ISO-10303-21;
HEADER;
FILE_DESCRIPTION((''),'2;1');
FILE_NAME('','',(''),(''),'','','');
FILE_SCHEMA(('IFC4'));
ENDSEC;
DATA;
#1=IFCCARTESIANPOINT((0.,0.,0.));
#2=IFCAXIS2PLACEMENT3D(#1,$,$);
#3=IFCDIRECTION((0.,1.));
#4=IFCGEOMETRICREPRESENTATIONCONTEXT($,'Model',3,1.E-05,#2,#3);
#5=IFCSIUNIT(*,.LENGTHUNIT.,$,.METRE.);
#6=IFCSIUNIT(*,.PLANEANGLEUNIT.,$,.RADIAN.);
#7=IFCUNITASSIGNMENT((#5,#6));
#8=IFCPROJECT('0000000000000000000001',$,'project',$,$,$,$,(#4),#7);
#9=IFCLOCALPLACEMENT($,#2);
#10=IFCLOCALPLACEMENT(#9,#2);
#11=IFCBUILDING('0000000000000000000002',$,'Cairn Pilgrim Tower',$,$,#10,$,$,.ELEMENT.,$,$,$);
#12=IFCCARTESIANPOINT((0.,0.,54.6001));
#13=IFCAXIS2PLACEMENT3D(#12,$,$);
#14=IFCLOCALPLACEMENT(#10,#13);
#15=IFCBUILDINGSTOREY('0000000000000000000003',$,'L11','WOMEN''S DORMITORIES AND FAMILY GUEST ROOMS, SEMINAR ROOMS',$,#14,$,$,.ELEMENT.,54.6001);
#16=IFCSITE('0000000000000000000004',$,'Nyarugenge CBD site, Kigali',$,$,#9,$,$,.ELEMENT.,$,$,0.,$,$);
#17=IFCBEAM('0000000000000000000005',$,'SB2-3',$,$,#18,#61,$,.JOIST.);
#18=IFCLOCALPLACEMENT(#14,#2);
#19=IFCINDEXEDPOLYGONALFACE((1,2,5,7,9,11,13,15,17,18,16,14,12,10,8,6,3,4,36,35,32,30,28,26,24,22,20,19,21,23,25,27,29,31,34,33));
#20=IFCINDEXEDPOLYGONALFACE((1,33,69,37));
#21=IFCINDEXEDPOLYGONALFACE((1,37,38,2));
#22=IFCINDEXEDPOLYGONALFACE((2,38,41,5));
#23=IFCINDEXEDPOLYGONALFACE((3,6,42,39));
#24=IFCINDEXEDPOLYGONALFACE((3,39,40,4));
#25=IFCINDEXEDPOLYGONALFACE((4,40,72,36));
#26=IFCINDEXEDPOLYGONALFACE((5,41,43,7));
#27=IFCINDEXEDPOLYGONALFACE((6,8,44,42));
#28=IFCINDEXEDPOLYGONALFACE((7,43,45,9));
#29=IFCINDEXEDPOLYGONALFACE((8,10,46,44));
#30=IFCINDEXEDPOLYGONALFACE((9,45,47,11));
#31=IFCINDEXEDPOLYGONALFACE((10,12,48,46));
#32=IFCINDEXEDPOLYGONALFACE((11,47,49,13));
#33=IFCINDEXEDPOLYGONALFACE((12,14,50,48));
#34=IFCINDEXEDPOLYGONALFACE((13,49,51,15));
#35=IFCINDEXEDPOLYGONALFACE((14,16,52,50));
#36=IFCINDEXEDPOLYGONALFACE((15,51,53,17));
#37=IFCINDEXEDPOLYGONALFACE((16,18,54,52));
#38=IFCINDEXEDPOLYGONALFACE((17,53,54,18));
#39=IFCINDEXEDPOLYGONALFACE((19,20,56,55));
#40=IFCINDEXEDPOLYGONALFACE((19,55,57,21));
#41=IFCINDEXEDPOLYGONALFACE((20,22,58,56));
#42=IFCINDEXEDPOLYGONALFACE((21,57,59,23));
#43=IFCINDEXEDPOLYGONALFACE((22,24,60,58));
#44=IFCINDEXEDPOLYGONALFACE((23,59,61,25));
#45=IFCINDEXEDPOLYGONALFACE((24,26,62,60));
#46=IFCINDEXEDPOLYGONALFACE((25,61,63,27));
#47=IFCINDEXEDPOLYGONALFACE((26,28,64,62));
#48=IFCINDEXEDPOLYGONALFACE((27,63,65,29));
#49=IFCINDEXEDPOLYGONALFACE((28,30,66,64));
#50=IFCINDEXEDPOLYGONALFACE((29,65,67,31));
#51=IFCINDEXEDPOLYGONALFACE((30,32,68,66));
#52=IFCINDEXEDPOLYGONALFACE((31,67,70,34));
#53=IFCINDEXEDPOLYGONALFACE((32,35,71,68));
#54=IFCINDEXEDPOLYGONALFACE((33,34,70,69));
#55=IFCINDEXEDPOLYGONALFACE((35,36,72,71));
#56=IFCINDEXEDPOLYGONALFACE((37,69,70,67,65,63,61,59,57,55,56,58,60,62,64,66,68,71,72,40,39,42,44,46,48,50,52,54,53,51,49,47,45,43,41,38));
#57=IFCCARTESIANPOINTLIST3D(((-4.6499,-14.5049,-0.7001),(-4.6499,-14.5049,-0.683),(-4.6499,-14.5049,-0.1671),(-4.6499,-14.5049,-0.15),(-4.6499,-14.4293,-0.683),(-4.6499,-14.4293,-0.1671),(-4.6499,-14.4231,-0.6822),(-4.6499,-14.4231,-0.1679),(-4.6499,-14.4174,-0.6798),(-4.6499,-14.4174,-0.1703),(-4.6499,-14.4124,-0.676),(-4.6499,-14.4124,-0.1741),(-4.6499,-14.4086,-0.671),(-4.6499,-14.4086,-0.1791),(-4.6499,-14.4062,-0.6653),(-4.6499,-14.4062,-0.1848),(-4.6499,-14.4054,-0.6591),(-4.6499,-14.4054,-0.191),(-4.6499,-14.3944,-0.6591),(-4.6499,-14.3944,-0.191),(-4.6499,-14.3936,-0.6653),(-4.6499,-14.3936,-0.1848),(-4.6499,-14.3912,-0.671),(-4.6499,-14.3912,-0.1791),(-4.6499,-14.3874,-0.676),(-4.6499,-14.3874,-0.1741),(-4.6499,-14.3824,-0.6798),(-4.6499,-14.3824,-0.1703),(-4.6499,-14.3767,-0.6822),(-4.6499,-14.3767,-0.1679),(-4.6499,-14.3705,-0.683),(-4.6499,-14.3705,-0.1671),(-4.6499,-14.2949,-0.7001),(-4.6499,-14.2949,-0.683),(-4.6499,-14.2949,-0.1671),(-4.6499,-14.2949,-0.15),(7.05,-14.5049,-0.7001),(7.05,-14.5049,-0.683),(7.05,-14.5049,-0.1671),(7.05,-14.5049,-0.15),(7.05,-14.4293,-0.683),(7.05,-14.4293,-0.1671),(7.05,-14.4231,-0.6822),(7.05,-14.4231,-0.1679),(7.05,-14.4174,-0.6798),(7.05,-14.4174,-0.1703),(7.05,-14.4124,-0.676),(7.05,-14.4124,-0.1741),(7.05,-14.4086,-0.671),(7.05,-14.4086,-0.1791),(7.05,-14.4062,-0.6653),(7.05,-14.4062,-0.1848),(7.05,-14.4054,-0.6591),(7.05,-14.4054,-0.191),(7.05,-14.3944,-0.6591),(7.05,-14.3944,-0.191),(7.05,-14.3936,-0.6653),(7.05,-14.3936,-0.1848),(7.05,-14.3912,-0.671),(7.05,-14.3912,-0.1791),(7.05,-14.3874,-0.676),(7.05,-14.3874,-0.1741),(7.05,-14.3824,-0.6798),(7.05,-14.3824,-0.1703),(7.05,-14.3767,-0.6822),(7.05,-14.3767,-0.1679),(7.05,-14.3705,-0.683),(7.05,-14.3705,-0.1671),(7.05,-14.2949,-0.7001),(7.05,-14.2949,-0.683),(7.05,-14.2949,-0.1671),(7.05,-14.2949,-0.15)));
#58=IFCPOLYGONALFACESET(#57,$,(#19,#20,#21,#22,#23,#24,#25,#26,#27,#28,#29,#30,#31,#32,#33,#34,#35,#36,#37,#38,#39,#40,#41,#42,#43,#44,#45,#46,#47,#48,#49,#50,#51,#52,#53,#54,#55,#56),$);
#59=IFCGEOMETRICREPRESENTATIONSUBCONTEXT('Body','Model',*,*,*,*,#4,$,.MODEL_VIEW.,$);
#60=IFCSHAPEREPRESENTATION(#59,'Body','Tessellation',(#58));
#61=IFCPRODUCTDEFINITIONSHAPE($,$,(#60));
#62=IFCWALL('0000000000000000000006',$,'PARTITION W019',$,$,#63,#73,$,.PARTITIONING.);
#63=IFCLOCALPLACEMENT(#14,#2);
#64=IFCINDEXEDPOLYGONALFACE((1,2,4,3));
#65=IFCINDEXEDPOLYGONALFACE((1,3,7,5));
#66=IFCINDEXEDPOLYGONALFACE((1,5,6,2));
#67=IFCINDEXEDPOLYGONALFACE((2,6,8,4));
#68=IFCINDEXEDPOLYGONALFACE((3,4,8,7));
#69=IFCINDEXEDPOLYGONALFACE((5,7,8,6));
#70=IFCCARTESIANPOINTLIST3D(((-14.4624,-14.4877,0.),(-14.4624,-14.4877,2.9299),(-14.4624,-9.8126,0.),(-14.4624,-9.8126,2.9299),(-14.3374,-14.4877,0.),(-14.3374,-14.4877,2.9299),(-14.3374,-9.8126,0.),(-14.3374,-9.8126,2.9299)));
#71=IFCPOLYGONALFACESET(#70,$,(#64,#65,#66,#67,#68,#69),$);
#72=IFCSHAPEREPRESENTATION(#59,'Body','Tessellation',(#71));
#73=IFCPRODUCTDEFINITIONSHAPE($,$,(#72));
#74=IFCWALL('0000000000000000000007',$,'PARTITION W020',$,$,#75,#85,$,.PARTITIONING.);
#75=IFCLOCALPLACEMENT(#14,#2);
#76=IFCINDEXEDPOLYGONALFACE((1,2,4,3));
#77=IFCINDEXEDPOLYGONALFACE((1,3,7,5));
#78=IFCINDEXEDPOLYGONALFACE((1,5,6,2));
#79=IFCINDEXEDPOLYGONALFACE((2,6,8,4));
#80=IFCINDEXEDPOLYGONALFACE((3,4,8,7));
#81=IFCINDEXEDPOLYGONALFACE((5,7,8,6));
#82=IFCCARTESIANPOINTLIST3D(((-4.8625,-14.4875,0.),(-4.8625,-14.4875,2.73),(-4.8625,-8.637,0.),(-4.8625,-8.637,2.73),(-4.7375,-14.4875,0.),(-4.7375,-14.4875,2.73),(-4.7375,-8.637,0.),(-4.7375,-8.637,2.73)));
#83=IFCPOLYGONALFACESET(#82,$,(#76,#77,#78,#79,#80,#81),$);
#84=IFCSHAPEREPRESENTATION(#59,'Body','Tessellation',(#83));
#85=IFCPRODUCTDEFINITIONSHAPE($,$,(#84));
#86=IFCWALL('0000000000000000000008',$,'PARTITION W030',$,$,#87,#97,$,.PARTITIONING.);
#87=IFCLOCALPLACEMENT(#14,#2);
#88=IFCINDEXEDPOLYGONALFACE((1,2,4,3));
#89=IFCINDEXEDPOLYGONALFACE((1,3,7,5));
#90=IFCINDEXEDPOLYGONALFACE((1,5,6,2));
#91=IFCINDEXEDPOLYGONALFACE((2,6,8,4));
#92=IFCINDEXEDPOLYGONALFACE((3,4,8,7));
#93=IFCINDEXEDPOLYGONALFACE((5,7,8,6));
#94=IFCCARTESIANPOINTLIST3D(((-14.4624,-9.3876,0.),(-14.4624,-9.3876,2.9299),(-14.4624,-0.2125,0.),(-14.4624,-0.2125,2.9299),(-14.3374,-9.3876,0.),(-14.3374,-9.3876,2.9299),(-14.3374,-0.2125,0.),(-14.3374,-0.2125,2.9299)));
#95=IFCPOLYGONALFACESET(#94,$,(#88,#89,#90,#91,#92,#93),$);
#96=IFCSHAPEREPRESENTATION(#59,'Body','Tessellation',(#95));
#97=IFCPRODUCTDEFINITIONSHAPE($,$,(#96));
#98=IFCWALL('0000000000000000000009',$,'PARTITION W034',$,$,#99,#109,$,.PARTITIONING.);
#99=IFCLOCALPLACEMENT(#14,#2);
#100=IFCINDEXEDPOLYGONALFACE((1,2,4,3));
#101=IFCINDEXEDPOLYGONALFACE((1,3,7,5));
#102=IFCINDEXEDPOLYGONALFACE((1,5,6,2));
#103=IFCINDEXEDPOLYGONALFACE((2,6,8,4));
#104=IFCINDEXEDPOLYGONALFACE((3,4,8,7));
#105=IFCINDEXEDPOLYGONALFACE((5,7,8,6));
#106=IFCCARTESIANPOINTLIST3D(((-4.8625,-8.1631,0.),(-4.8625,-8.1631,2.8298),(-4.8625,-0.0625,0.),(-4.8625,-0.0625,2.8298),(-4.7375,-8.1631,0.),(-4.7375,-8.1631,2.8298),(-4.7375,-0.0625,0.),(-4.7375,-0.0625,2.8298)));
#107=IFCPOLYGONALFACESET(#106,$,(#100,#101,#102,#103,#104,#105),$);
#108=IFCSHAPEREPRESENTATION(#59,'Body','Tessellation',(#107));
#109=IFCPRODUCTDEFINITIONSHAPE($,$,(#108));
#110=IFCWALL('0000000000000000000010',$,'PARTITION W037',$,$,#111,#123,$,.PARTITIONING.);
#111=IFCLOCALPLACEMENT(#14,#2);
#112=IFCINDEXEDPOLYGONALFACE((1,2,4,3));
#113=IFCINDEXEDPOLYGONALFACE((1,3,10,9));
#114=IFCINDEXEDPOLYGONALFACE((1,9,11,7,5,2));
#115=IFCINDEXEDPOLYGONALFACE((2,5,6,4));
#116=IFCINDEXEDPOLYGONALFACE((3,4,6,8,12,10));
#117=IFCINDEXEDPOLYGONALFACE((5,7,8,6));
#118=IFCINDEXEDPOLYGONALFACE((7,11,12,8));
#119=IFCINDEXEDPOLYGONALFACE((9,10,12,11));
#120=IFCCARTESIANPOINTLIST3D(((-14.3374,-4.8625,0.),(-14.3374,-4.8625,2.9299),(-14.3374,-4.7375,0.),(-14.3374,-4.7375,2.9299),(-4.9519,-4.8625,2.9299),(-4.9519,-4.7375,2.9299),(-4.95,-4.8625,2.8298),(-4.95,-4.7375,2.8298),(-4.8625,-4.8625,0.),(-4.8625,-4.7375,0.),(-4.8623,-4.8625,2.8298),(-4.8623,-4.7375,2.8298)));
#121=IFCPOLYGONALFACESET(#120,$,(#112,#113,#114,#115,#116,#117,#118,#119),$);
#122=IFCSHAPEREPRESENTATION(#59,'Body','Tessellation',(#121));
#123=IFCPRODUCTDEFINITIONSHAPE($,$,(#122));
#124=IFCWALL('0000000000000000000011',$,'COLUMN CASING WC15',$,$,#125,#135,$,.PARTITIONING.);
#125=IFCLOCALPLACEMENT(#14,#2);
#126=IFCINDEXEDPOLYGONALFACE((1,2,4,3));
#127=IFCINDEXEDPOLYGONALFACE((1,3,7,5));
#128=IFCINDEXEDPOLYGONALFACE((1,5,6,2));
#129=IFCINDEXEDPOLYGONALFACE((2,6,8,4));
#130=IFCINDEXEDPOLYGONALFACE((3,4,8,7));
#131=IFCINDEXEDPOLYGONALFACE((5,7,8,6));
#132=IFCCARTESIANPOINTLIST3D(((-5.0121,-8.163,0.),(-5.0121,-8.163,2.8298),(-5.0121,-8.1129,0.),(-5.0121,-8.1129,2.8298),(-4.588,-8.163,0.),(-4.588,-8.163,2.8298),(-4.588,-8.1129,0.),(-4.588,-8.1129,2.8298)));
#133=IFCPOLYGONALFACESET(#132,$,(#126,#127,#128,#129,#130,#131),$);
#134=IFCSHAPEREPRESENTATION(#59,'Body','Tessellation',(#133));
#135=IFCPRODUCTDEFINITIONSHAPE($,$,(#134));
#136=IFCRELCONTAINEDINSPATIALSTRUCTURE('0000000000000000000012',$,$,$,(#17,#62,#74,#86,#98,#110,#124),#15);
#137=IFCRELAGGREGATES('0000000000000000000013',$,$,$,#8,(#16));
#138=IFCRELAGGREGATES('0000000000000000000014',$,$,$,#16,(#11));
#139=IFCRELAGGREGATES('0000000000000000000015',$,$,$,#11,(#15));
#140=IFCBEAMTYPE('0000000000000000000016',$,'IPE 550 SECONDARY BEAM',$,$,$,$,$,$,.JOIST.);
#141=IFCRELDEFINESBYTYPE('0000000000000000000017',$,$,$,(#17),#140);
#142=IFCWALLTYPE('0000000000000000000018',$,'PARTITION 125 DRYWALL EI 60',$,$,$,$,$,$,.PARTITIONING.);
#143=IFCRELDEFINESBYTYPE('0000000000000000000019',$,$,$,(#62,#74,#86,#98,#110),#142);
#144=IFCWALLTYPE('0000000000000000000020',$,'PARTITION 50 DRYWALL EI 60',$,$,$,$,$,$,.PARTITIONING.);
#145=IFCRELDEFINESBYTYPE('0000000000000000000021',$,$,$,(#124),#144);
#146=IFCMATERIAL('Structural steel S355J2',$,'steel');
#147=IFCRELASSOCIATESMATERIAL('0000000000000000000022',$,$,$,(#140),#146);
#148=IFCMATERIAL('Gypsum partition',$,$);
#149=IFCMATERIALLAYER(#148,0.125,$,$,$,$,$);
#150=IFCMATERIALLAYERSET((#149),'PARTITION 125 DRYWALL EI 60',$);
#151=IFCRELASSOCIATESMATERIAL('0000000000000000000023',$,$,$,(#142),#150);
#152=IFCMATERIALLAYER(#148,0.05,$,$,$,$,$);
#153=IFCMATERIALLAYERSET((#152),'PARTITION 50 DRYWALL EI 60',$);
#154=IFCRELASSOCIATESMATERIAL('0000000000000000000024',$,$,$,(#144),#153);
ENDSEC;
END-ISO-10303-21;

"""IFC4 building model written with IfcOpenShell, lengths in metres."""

from ifc_helpers import new_model, si_unit, direction, frame, frame_2d, origin, origin_2d, place, context, subcontext, project, spatial, polyline, rectangle, i_section, outline, extrude, material, layer, layer_set, material_profile, profile_set, type_object, element, save


model = new_model("IFC4")

# Units and contexts
model_context = context("Model", 3, precision=1e-05, world=origin(), true_north=direction((0.0, 1.0)))
body_context = subcontext(model_context, "Body", "Model", "MODEL_VIEW")
ifc_project = project(units=[si_unit("LENGTHUNIT", "METRE"), si_unit("PLANEANGLEUNIT", "RADIAN")], contexts=[model_context])

# Site, building, storey
site_placement = place(None, origin())
site = spatial("IfcSite", under=ifc_project, at=site_placement, Name="Nyarugenge CBD site, Kigali", CompositionType="ELEMENT", RefElevation=0.0)
building_placement = place(site_placement, origin())
building = spatial("IfcBuilding", under=site, at=building_placement, Name="Cairn Pilgrim Tower", CompositionType="ELEMENT")
storey_placement = place(building_placement, frame((0.0, 0.0, 54.6001)))
storey = spatial("IfcBuildingStorey", under=building, at=storey_placement, Name="L11", Description="WOMEN'S DORMITORIES AND FAMILY GUEST ROOMS, SEMINAR ROOMS", CompositionType="ELEMENT", Elevation=54.6001)

# Beam
ifc_material_1 = material(Name="Structural steel S355J2", Category="steel")
ifc_material_profile_1 = material_profile(ifc_material_1, i_section(OverallWidth=0.21, OverallDepth=0.55, WebThickness=0.011, FlangeThickness=0.0171, FilletRadius=0.0239, at=origin_2d()), Name="IPE 550")
ifc_profile_set_1 = profile_set([ifc_material_profile_1], Name="Structural steel S355J2")
beam_type_1 = type_object("IfcBeamType", Name="IPE 550 SECONDARY BEAM", PredefinedType="JOIST", material=ifc_profile_set_1)
beam_1_placement = place(storey_placement, frame((-4.6499, -14.3999, -0.425), z_axis=(1.0, 0.0, 0.0), x_axis=(0.0, 1.0, 0.0)))
element("IfcBeam", 1, at=beam_1_placement, inside=storey, type_object=beam_type_1, Name="SB2-3", PredefinedType="JOIST", context=body_context, shape_type="SweptSolid", body=[
    extrude(i_section(OverallWidth=0.21, OverallDepth=0.55, WebThickness=0.011, FlangeThickness=0.0171, FilletRadius=0.0239, at=origin_2d()), origin(), (0.0, 0.0, 1.0), 11.7),
])

# Walls
ifc_material_2 = material(Name="Gypsum partition")
ifc_layer_1 = layer(ifc_material_2, 0.125)
ifc_layer_set_1 = layer_set([ifc_layer_1], Name="PARTITION 125 DRYWALL EI 60")
wall_type_1 = type_object("IfcWallType", Name="PARTITION 125 DRYWALL EI 60", PredefinedType="PARTITIONING", material=ifc_layer_set_1)
wall_1_placement = place(storey_placement, frame((-14.3999, -14.4875, 0.0), z_axis=(0.0, 0.0, 1.0), x_axis=(0.0, 1.0, 0.0)))
element("IfcWall", 2, at=wall_1_placement, inside=storey, type_object=wall_type_1, Name="PARTITION W019", PredefinedType="PARTITIONING", context=body_context, shape_type="SweptSolid", body=[
    extrude(rectangle(XDim=4.675, YDim=0.125, at=frame_2d((2.3374, 0.0))), origin(), (0.0, 0.0, 1.0), 2.9299),
])
wall_2_placement = place(storey_placement, frame((-4.8, -14.4875, 0.0), z_axis=(0.0, 0.0, 1.0), x_axis=(0.0, 1.0, 0.0)))
element("IfcWall", 3, at=wall_2_placement, inside=storey, type_object=wall_type_1, Name="PARTITION W020", PredefinedType="PARTITIONING", context=body_context, shape_type="SweptSolid", body=[
    extrude(rectangle(XDim=5.8506, YDim=0.125, at=frame_2d((2.9253, 0.0))), origin(), (0.0, 0.0, 1.0), 2.73),
])
wall_3_placement = place(storey_placement, frame((-14.3999, -9.3875, 0.0), z_axis=(0.0, 0.0, 1.0), x_axis=(0.0, 1.0, 0.0)))
element("IfcWall", 4, at=wall_3_placement, inside=storey, type_object=wall_type_1, Name="PARTITION W030", PredefinedType="PARTITIONING", context=body_context, shape_type="SweptSolid", body=[
    extrude(rectangle(XDim=9.175, YDim=0.125, at=frame_2d((4.5874, 0.0))), origin(), (0.0, 0.0, 1.0), 2.9299),
])
wall_4_placement = place(storey_placement, frame((-4.8, -8.1631, 0.0), z_axis=(0.0, 0.0, 1.0), x_axis=(0.0, 1.0, 0.0)))
element("IfcWall", 5, at=wall_4_placement, inside=storey, type_object=wall_type_1, Name="PARTITION W034", PredefinedType="PARTITIONING", context=body_context, shape_type="SweptSolid", body=[
    extrude(rectangle(XDim=8.1006, YDim=0.125, at=frame_2d((4.0503, 0.0))), origin(), (0.0, 0.0, 1.0), 2.8298),
])
wall_5_placement = place(storey_placement, frame((-14.3374, -4.8, 0.0), z_axis=(0.0, 0.0, 1.0), x_axis=(1.0, 0.0, 0.0)))
element("IfcWall", 6, at=wall_5_placement, inside=storey, type_object=wall_type_1, Name="PARTITION W037", PredefinedType="PARTITIONING", context=body_context, shape_type="SweptSolid", body=[
    extrude(outline(polyline([(0.0, 0.0), (9.4749, 0.0), (9.4751, 2.8298), (9.3875, 2.8298), (9.3855, 2.9299), (0.0, 2.9299), (0.0, 0.0)])), frame((0.0, 0.0625, 0.0), z_axis=(0.0, -1.0, 0.0), x_axis=(1.0, 0.0, 0.0)), (0.0, 0.0, 1.0), 0.125),
])
ifc_layer_2 = layer(ifc_material_2, 0.05)
ifc_layer_set_2 = layer_set([ifc_layer_2], Name="PARTITION 50 DRYWALL EI 60")
wall_type_2 = type_object("IfcWallType", Name="PARTITION 50 DRYWALL EI 60", PredefinedType="PARTITIONING", material=ifc_layer_set_2)
wall_6_placement = place(storey_placement, frame((-5.012, -8.1379, 0.0), z_axis=(0.0, 0.0, 1.0), x_axis=(1.0, 0.0, 0.0)))
element("IfcWall", 7, at=wall_6_placement, inside=storey, type_object=wall_type_2, Name="COLUMN CASING WC15", PredefinedType="PARTITIONING", context=body_context, shape_type="SweptSolid", body=[
    extrude(rectangle(XDim=0.4241, YDim=0.05, at=frame_2d((0.2119, 0.0))), origin(), (0.0, 0.0, 1.0), 2.8298),
])

save(model, "model.ifc")
